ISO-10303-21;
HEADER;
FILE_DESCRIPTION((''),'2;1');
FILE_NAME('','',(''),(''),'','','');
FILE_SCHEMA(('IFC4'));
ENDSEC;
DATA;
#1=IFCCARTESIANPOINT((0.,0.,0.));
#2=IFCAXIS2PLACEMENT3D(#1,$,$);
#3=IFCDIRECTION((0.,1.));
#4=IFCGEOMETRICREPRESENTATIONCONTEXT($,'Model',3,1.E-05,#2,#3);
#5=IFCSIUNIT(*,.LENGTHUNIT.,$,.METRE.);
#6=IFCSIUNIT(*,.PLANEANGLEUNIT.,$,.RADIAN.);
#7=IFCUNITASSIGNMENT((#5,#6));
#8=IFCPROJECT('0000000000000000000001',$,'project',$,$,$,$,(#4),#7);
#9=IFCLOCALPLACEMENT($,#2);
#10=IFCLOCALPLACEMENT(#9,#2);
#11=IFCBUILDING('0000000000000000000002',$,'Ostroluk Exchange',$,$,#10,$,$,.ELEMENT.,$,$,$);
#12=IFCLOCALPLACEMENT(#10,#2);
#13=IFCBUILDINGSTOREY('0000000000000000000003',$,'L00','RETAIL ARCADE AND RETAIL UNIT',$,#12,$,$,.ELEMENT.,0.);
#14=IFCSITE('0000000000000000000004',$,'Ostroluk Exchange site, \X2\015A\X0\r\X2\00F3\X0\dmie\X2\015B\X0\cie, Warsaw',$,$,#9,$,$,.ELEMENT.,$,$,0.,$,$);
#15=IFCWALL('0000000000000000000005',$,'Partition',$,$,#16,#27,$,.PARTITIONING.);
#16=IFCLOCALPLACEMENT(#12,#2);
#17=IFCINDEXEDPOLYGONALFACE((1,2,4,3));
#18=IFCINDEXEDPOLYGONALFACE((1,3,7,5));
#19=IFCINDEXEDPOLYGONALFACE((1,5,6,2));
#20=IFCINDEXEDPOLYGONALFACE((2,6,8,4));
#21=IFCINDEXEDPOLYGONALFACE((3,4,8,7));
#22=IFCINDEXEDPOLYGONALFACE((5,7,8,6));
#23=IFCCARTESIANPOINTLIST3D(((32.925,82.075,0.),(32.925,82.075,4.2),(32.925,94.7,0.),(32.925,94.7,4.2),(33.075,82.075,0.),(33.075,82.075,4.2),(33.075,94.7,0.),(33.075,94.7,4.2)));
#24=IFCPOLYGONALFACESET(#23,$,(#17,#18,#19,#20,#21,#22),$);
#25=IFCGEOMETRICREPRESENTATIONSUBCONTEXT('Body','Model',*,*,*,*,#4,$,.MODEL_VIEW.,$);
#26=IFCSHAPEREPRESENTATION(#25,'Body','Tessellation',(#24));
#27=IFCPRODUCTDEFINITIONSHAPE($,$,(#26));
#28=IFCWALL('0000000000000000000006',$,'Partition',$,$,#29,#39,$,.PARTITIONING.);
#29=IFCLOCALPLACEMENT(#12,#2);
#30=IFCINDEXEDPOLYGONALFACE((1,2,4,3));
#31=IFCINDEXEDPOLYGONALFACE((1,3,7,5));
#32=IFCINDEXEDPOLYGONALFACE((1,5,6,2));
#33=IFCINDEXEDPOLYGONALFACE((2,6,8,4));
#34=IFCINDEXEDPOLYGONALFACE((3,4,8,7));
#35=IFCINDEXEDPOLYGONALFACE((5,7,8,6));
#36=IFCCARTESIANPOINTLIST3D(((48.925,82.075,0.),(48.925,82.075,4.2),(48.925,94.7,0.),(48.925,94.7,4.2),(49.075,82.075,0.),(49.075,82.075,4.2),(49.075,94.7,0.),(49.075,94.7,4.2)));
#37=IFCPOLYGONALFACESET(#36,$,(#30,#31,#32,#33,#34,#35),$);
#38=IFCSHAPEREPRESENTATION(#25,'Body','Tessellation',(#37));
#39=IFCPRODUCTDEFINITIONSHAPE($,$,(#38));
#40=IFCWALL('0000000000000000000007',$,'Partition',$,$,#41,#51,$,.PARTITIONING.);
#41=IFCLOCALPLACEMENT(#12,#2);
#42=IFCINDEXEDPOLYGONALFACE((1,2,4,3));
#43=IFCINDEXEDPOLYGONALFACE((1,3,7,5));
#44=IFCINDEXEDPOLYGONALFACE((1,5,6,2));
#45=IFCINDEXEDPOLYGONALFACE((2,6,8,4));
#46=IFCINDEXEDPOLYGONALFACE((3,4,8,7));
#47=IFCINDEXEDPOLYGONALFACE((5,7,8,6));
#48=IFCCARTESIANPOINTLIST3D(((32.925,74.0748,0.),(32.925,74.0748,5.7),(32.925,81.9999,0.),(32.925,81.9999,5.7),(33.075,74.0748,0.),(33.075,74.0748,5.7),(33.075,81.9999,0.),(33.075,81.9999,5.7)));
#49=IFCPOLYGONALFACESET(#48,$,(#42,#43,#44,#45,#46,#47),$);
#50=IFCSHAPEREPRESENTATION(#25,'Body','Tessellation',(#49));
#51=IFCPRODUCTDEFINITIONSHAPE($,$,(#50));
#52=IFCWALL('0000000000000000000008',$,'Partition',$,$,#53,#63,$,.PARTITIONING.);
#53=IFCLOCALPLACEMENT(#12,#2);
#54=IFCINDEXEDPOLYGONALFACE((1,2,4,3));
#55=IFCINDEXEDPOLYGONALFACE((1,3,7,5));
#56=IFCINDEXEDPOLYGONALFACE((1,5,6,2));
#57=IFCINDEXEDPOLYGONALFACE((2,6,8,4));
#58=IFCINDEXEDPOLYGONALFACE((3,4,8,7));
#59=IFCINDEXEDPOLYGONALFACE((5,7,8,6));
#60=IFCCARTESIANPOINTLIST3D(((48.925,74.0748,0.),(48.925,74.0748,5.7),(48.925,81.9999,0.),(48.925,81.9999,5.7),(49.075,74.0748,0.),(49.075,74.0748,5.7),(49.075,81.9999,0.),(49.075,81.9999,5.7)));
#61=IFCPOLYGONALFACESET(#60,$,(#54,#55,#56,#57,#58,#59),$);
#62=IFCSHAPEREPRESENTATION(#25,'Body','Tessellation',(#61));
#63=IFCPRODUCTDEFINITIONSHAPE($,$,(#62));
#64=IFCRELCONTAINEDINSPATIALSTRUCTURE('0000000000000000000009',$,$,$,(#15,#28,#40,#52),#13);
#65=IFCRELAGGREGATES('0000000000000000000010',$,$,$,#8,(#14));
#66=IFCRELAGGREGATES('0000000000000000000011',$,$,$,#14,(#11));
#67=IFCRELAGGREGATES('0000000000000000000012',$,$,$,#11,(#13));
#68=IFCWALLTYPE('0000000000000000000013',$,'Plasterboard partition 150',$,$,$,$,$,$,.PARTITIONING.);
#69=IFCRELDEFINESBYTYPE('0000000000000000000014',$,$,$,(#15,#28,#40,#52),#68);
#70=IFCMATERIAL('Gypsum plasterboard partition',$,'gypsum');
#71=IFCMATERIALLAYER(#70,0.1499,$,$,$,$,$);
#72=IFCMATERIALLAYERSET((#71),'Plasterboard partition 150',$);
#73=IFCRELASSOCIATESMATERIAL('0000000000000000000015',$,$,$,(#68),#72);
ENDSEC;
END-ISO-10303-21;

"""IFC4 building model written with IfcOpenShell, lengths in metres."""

from ifc_helpers import new_model, si_unit, direction, frame, frame_2d, origin, place, context, subcontext, project, spatial, rectangle, extrude, material, layer, layer_set, type_object, element, save


model = new_model("IFC4")

# Units and contexts
model_context = context("Model", 3, precision=1e-05, world=origin(), true_north=direction((0.0, 1.0)))
body_context = subcontext(model_context, "Body", "Model", "MODEL_VIEW")
ifc_project = project(units=[si_unit("LENGTHUNIT", "METRE"), si_unit("PLANEANGLEUNIT", "RADIAN")], contexts=[model_context])

# Site, building, storey
site_placement = place(None, origin())
site = spatial("IfcSite", under=ifc_project, at=site_placement, Name="Ostroluk Exchange site, Śródmieście, Warsaw", CompositionType="ELEMENT", RefElevation=0.0)
building_placement = place(site_placement, origin())
building = spatial("IfcBuilding", under=site, at=building_placement, Name="Ostroluk Exchange", CompositionType="ELEMENT")
storey_placement = place(building_placement, origin())
storey = spatial("IfcBuildingStorey", under=building, at=storey_placement, Name="L00", Description="RETAIL ARCADE AND RETAIL UNIT", CompositionType="ELEMENT", Elevation=0.0)

# Walls
ifc_material_1 = material(Name="Gypsum plasterboard partition", Category="gypsum")
ifc_layer_1 = layer(ifc_material_1, 0.1499)
ifc_layer_set_1 = layer_set([ifc_layer_1], Name="Plasterboard partition 150")
wall_type_1 = type_object("IfcWallType", Name="Plasterboard partition 150", PredefinedType="PARTITIONING", material=ifc_layer_set_1)
for number, where, z_axis, x_axis, name in (
    (1, (33.0, 82.075, 0.0), (0.0, 0.0, 1.0), (0.0, 1.0, 0.0), "Partition"),
    (2, (49.0, 82.075, 0.0), (0.0, 0.0, 1.0), (0.0, 1.0, 0.0), "Partition"),
):
    element("IfcWall", number, at=place(storey_placement, frame(where, z_axis=z_axis, x_axis=x_axis)), inside=storey, type_object=wall_type_1, Name=name, PredefinedType="PARTITIONING", context=body_context, shape_type="SweptSolid", body=[
        extrude(rectangle(XDim=12.625, YDim=0.1499, at=frame_2d((6.3125, 0.0))), origin(), (0.0, 0.0, 1.0), 4.2),
    ])
for number, where, z_axis, x_axis, name in (
    (3, (33.0, 74.075, 0.0), (0.0, 0.0, 1.0), (0.0, 1.0, 0.0), "Partition"),
    (4, (49.0, 74.075, 0.0), (0.0, 0.0, 1.0), (0.0, 1.0, 0.0), "Partition"),
):
    element("IfcWall", number, at=place(storey_placement, frame(where, z_axis=z_axis, x_axis=x_axis)), inside=storey, type_object=wall_type_1, Name=name, PredefinedType="PARTITIONING", context=body_context, shape_type="SweptSolid", body=[
        extrude(rectangle(XDim=7.925, YDim=0.1499, at=frame_2d((3.9624, 0.0))), origin(), (0.0, 0.0, 1.0), 5.7),
    ])

save(model, "model.ifc")
